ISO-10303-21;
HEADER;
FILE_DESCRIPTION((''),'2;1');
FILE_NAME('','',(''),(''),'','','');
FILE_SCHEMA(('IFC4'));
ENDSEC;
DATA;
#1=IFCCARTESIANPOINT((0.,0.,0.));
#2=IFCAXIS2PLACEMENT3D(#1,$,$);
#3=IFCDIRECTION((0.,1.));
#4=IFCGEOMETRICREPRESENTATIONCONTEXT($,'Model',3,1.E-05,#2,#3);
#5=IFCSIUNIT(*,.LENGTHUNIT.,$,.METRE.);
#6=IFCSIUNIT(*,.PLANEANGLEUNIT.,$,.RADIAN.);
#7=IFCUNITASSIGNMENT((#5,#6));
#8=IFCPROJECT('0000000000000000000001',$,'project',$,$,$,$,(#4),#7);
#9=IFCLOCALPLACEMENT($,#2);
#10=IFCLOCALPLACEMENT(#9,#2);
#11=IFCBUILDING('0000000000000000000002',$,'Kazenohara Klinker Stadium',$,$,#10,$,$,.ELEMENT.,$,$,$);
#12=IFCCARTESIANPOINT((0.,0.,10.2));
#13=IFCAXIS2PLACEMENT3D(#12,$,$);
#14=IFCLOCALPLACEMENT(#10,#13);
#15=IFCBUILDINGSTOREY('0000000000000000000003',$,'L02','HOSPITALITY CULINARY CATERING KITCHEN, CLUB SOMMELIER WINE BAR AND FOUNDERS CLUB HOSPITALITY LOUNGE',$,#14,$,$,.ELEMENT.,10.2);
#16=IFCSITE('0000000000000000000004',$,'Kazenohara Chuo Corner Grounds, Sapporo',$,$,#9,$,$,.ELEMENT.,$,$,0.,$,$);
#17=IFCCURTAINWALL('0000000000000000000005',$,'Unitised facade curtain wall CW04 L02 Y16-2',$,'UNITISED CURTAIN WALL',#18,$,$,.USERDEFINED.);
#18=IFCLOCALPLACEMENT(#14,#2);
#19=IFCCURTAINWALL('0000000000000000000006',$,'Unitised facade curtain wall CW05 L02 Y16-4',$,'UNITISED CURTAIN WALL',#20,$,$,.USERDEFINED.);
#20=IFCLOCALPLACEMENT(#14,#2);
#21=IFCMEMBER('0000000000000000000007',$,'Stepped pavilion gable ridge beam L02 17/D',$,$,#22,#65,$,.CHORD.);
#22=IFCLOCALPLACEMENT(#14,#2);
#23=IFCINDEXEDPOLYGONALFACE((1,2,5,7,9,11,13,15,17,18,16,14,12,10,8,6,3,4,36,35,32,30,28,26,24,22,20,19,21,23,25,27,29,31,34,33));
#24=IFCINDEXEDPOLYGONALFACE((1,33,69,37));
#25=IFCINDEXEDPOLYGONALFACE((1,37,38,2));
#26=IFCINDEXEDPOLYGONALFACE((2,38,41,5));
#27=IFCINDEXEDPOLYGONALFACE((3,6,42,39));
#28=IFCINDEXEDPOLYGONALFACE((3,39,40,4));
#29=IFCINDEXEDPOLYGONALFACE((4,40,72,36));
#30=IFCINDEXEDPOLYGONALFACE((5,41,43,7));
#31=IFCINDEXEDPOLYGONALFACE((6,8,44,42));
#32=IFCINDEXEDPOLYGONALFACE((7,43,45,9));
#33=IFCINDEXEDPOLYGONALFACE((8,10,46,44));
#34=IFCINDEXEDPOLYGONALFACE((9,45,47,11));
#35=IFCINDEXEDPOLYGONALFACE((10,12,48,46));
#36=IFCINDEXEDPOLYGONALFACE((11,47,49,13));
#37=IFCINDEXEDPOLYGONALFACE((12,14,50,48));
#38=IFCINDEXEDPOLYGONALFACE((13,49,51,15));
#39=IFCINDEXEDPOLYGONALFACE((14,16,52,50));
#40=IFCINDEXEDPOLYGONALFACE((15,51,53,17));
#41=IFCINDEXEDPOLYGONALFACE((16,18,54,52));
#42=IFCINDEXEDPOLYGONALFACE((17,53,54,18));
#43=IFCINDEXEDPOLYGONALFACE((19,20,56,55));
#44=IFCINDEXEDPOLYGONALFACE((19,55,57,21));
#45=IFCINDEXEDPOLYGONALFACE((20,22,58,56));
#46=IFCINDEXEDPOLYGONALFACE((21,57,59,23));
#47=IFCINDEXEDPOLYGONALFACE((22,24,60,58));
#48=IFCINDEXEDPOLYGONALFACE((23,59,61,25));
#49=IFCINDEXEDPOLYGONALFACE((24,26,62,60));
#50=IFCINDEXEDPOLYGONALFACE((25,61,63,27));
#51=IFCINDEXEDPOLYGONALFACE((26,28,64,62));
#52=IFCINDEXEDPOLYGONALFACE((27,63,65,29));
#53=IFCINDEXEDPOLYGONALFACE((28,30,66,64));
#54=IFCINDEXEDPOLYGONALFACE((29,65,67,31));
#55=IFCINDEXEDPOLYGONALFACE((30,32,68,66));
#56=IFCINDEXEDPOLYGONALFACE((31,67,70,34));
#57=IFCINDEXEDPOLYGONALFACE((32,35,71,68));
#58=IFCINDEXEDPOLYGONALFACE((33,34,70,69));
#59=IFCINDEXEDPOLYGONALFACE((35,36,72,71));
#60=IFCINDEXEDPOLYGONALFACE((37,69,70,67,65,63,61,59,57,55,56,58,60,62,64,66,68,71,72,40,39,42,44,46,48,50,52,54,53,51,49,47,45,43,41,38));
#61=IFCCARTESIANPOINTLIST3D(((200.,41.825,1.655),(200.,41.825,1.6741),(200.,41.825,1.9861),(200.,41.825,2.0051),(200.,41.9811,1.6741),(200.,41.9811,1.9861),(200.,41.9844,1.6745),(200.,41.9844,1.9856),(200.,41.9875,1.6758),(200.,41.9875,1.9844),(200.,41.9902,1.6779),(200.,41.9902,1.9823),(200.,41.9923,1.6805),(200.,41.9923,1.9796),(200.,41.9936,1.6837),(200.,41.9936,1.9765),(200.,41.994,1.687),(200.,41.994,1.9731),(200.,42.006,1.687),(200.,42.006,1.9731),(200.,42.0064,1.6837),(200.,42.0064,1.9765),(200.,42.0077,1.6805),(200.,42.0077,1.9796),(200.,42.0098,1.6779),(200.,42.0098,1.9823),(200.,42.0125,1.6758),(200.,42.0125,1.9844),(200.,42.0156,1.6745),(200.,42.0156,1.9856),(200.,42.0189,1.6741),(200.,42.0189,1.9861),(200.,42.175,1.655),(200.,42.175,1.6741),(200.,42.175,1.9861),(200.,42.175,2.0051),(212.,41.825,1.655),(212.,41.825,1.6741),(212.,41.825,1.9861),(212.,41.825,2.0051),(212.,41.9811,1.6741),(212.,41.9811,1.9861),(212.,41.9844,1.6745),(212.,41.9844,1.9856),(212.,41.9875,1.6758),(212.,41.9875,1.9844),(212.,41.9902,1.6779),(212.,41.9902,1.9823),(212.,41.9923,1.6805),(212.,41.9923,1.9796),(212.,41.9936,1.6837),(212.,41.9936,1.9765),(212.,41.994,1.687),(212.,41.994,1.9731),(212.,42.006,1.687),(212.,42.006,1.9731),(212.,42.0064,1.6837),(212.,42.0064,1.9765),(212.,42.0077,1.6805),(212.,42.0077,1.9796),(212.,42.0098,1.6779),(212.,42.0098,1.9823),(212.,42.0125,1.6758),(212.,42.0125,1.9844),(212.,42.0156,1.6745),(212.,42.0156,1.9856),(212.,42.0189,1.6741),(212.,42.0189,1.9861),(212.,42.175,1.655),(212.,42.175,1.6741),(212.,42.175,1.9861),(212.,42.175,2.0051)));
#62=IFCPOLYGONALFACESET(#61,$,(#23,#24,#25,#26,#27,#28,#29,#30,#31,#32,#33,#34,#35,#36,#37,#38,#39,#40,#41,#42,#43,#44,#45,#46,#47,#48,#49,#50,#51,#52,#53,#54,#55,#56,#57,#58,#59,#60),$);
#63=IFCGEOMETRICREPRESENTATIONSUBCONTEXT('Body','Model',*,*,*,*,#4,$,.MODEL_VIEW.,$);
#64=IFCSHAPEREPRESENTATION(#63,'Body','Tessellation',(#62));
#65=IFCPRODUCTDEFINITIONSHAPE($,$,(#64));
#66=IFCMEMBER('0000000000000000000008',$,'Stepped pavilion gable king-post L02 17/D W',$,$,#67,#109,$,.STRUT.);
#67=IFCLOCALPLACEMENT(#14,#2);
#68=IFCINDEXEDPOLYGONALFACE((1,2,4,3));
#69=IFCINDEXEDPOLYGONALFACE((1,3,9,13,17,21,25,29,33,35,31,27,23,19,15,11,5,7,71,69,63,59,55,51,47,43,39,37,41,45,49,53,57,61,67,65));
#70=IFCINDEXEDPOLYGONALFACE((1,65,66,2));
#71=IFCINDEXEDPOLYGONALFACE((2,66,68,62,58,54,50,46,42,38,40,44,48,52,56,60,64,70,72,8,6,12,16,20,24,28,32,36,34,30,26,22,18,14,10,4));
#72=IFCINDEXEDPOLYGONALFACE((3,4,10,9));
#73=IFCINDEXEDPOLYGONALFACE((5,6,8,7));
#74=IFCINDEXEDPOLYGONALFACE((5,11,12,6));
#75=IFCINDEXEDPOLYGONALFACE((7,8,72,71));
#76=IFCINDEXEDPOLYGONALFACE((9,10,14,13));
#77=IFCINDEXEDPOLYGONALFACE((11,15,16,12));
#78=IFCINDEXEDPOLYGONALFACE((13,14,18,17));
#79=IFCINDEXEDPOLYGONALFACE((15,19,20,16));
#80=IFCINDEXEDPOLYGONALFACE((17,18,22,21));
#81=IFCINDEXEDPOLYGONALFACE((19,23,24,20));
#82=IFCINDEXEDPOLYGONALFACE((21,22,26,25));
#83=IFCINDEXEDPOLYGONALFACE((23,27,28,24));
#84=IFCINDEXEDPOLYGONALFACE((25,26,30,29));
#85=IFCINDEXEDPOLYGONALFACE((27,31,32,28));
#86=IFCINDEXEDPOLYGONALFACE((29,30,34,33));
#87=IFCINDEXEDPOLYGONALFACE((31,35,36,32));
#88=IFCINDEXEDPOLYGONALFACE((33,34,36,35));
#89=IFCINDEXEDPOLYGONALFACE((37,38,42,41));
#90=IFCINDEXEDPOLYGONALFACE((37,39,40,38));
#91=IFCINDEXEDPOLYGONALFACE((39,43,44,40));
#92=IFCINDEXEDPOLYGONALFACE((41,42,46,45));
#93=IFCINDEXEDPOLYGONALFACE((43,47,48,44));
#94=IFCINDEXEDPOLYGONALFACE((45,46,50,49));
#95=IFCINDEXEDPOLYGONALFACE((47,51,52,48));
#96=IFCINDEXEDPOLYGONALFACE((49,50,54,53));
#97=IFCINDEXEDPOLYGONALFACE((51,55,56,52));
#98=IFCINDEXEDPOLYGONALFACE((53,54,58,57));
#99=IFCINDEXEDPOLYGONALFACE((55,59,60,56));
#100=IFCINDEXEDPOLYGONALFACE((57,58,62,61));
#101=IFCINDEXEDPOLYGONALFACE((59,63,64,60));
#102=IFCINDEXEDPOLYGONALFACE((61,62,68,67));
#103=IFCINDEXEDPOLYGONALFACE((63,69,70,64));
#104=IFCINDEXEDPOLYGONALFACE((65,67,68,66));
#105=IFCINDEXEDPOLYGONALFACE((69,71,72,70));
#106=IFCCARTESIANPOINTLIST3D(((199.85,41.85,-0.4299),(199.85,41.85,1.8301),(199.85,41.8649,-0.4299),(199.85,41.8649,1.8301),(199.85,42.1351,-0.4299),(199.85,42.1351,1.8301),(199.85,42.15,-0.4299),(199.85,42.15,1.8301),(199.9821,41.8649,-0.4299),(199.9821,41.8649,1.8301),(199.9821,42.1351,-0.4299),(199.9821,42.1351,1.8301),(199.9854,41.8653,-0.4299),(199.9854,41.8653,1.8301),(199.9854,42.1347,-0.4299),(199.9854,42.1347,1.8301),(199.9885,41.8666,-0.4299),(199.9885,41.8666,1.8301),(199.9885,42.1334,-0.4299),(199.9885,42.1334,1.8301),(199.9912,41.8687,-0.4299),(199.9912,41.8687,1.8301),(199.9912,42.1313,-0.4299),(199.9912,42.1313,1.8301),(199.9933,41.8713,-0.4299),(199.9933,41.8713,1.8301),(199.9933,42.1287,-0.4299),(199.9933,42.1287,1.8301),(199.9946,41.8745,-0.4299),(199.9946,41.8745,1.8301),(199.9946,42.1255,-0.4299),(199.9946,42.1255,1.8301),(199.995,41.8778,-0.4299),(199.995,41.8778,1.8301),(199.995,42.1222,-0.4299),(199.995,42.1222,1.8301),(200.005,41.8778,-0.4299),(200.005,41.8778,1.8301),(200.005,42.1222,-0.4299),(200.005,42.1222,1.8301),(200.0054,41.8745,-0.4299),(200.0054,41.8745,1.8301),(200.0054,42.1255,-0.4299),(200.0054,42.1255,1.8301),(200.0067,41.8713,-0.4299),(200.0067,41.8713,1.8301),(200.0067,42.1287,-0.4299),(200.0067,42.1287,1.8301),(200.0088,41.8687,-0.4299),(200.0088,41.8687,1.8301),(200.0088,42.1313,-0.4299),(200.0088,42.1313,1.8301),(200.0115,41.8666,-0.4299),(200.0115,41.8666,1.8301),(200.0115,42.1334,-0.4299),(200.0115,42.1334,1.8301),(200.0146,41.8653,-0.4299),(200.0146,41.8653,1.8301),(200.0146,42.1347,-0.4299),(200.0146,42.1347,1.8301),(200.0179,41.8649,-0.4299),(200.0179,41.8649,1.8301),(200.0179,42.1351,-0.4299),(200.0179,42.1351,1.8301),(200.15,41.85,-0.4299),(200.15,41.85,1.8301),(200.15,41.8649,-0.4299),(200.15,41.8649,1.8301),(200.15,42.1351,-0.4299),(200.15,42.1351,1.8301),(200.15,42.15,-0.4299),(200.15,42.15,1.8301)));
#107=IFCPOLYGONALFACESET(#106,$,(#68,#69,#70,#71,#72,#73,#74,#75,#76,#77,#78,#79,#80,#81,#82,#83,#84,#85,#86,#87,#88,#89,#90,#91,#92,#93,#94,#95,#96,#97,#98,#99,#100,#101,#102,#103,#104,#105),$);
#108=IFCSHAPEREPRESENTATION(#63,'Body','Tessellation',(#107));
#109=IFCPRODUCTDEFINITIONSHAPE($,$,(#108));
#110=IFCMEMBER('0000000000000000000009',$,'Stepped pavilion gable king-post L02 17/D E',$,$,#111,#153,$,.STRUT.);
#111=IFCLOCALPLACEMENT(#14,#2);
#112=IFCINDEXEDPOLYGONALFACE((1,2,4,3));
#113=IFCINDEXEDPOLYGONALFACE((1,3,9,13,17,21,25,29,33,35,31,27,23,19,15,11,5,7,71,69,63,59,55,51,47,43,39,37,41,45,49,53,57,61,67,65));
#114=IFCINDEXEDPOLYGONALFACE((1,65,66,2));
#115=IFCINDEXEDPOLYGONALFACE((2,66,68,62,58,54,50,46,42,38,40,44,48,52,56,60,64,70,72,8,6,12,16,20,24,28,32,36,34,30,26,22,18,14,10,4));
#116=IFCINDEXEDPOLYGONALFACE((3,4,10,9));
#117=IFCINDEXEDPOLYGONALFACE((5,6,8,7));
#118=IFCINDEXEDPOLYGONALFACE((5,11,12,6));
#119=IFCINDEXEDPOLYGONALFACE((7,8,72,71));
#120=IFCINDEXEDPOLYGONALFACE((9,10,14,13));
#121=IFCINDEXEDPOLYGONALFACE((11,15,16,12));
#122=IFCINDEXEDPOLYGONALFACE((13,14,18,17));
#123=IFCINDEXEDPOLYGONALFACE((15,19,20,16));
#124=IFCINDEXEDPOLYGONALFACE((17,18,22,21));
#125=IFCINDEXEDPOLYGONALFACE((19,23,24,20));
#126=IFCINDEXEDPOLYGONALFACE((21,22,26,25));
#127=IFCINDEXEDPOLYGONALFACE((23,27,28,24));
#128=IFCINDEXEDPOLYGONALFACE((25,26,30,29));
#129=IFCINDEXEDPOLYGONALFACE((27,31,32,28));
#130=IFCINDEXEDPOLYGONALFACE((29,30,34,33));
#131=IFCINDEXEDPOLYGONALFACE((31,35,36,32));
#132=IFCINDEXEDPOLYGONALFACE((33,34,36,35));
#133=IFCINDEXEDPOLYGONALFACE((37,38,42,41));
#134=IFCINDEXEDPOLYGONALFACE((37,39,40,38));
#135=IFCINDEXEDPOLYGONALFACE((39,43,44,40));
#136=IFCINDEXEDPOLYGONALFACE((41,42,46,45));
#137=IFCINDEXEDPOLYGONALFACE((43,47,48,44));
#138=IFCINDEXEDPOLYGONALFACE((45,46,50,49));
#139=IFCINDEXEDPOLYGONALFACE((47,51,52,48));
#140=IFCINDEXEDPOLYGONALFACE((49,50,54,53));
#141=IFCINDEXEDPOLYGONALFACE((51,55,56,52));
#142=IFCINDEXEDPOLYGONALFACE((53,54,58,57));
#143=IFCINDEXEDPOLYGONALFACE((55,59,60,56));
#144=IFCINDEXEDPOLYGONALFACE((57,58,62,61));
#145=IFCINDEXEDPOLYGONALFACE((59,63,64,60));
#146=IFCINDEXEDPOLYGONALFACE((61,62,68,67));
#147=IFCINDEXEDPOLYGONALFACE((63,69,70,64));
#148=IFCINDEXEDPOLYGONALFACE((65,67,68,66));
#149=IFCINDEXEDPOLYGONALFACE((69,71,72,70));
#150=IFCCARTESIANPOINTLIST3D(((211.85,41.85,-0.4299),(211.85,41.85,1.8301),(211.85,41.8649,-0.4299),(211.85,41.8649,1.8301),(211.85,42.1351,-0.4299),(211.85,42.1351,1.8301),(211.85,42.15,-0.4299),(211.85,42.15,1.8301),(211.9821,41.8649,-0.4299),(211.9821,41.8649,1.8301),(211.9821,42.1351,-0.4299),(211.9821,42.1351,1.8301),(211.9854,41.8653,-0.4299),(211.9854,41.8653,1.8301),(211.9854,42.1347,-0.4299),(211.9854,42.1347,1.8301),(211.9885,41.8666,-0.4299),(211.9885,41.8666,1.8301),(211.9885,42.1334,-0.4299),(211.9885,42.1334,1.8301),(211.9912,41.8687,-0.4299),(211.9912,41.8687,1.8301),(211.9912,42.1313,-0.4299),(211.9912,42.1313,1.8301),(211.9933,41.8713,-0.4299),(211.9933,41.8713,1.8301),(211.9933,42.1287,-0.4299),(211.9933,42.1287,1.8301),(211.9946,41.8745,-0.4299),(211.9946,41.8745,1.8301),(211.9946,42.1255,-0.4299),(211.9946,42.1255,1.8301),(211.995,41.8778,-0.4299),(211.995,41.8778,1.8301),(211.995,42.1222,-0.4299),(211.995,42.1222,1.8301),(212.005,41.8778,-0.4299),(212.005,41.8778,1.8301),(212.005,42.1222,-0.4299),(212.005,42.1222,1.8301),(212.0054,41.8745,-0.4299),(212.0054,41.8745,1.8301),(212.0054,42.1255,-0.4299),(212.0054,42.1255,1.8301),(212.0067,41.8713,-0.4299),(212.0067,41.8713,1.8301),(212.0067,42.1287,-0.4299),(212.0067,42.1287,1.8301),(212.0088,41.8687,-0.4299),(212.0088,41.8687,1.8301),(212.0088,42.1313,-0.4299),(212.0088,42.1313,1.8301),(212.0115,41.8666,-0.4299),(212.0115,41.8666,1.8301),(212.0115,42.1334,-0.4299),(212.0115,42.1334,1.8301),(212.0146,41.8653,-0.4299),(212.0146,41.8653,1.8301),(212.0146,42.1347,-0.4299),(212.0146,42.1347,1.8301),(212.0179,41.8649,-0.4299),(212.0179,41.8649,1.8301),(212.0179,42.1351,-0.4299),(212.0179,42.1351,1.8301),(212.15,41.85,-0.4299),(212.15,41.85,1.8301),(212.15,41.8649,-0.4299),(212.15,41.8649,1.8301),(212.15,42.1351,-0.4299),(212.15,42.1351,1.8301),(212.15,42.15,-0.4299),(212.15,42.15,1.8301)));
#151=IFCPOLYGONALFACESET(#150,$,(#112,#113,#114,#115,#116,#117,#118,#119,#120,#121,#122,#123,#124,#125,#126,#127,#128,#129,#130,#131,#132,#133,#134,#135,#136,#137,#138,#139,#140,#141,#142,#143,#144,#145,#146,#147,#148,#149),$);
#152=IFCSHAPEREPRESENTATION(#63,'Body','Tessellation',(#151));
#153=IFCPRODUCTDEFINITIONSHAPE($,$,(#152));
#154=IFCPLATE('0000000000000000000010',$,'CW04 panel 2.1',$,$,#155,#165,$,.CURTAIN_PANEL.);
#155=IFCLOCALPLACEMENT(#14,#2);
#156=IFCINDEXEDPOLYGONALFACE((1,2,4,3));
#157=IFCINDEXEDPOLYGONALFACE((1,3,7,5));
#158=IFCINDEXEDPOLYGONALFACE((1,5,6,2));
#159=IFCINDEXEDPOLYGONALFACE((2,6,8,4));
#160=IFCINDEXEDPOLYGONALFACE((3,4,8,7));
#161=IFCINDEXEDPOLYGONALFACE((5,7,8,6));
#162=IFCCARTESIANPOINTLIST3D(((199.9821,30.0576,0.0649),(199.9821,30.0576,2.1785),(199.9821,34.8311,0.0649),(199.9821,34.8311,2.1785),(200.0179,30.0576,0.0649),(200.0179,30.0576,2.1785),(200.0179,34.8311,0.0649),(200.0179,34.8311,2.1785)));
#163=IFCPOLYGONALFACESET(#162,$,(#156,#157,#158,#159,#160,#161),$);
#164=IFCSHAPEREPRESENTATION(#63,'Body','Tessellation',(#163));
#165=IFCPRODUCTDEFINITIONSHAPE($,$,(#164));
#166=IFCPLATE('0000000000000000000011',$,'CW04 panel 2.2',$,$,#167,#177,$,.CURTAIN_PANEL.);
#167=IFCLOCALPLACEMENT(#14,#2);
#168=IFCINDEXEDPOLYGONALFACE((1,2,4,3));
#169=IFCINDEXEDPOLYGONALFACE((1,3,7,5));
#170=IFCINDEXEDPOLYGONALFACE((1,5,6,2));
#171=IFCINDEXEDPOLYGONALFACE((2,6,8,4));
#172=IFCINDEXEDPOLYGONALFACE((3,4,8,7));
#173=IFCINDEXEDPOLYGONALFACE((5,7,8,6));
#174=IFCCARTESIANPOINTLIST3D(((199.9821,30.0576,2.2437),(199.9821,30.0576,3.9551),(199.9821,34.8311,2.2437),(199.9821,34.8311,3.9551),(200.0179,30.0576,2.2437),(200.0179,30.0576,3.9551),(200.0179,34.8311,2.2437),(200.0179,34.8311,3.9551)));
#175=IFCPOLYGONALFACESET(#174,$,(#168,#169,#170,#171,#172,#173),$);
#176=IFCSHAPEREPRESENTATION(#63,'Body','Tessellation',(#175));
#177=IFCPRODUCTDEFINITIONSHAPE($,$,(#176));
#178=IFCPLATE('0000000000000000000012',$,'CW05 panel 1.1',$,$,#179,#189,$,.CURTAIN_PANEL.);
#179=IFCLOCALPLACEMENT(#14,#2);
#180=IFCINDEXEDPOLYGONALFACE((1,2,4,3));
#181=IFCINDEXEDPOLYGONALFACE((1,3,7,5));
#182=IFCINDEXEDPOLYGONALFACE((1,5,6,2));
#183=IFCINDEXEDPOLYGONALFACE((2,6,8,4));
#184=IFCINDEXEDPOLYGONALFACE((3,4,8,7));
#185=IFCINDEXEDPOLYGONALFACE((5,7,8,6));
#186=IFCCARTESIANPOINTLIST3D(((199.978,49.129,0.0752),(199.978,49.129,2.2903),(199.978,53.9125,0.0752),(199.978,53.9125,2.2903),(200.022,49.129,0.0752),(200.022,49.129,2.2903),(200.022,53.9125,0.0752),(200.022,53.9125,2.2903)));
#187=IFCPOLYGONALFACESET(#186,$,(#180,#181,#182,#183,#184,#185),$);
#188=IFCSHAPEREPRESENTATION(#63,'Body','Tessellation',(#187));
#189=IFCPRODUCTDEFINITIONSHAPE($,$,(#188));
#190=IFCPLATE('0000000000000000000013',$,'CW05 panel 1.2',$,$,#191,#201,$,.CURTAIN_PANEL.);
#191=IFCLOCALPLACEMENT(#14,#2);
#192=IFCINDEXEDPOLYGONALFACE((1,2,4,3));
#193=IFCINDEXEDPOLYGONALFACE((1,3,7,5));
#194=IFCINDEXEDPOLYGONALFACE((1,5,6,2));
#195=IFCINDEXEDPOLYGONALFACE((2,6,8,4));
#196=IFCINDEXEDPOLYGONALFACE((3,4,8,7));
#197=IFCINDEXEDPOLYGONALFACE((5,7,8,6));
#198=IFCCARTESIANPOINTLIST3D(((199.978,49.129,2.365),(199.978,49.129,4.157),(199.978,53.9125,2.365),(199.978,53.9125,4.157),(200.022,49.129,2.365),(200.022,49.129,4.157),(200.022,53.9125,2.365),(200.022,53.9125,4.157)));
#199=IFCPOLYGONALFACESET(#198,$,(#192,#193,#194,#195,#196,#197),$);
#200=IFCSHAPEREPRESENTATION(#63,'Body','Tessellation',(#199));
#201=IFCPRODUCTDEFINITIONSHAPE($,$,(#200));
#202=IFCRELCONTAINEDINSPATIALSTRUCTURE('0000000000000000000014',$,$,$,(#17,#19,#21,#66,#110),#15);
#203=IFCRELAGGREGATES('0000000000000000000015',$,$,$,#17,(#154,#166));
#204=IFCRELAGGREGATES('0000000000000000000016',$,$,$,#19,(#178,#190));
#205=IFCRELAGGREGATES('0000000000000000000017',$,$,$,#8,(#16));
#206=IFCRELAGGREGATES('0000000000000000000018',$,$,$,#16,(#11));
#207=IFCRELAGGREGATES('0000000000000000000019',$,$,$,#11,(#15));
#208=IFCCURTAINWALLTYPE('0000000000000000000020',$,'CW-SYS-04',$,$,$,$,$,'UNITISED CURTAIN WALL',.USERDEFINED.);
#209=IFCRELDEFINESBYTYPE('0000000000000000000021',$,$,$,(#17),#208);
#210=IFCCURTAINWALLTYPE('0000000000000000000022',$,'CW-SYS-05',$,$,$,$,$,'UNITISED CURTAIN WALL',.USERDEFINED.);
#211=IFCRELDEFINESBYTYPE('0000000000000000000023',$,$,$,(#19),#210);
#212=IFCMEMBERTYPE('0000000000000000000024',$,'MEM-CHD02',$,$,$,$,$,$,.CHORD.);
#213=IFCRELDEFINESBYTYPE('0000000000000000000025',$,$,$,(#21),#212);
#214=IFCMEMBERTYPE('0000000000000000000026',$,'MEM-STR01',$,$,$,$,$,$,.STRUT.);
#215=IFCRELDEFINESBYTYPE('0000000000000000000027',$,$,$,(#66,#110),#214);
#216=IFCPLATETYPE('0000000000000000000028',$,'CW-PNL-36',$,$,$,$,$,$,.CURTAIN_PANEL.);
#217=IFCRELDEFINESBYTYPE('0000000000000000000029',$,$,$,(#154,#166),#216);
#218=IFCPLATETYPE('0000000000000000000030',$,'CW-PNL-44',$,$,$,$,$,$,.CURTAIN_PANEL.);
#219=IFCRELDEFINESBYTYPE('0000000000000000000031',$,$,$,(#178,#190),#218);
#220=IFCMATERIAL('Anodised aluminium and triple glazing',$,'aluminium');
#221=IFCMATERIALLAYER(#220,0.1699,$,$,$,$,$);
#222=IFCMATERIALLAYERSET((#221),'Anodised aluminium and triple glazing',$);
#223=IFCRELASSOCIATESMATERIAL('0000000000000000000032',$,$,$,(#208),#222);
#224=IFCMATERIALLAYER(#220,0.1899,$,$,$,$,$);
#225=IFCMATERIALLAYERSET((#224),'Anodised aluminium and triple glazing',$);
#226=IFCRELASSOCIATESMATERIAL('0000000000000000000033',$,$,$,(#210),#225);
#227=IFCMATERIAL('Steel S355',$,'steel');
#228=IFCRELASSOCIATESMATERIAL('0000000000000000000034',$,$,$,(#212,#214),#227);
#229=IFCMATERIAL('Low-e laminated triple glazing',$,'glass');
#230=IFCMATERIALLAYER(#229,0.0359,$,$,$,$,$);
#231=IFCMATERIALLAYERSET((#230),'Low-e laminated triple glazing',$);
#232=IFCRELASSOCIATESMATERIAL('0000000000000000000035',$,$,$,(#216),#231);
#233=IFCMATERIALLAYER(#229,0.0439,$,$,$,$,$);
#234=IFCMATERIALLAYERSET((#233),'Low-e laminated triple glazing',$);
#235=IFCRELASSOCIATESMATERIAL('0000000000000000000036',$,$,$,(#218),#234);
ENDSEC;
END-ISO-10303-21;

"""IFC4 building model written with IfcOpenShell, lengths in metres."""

from ifc_helpers import new_model, si_unit, direction, frame, origin, origin_2d, place, context, subcontext, project, spatial, rectangle, i_section, extrude, material, layer, layer_set, material_profile, profile_set, type_object, element, aggregate, save


model = new_model("IFC4")

# Units and contexts
model_context = context("Model", 3, precision=1e-05, world=origin(), true_north=direction((0.0, 1.0)))
body_context = subcontext(model_context, "Body", "Model", "MODEL_VIEW")
ifc_project = project(units=[si_unit("LENGTHUNIT", "METRE"), si_unit("PLANEANGLEUNIT", "RADIAN")], contexts=[model_context])

# Site, building, storey
site_placement = place(None, origin())
site = spatial("IfcSite", under=ifc_project, at=site_placement, Name="Kazenohara Chuo Corner Grounds, Sapporo", CompositionType="ELEMENT", RefElevation=0.0)
building_placement = place(site_placement, origin())
building = spatial("IfcBuilding", under=site, at=building_placement, Name="Kazenohara Klinker Stadium", CompositionType="ELEMENT")
storey_placement = place(building_placement, frame((0.0, 0.0, 10.2)))
storey = spatial("IfcBuildingStorey", under=building, at=storey_placement, Name="L02", Description="HOSPITALITY CULINARY CATERING KITCHEN, CLUB SOMMELIER WINE BAR AND FOUNDERS CLUB HOSPITALITY LOUNGE", CompositionType="ELEMENT", Elevation=10.2)

# Shared definitions
ifc_material_1 = material(Name="Steel S355", Category="steel")

# Curtain wall
ifc_material_2 = material(Name="Anodised aluminium and triple glazing", Category="aluminium")
ifc_layer_1 = layer(ifc_material_2, 0.1699)
ifc_layer_set_1 = layer_set([ifc_layer_1], Name="Anodised aluminium and triple glazing")
curtain_wall_type_1 = type_object("IfcCurtainWallType", Name="CW-SYS-04", ElementType="UNITISED CURTAIN WALL", PredefinedType="USERDEFINED", material=ifc_layer_set_1)
curtain_wall_1_placement = place(storey_placement, origin())
curtain_wall_1 = element("IfcCurtainWall", 1, at=curtain_wall_1_placement, inside=storey, type_object=curtain_wall_type_1, Name="Unitised facade curtain wall CW04 L02 Y16-2", ObjectType="UNITISED CURTAIN WALL", PredefinedType="USERDEFINED")

# Curtain wall
ifc_layer_2 = layer(ifc_material_2, 0.1899)
ifc_layer_set_2 = layer_set([ifc_layer_2], Name="Anodised aluminium and triple glazing")
curtain_wall_type_2 = type_object("IfcCurtainWallType", Name="CW-SYS-05", ElementType="UNITISED CURTAIN WALL", PredefinedType="USERDEFINED", material=ifc_layer_set_2)
curtain_wall_2_placement = place(storey_placement, origin())
curtain_wall_2 = element("IfcCurtainWall", 2, at=curtain_wall_2_placement, inside=storey, type_object=curtain_wall_type_2, Name="Unitised facade curtain wall CW05 L02 Y16-4", ObjectType="UNITISED CURTAIN WALL", PredefinedType="USERDEFINED")

# Members
ifc_material_profile_1 = material_profile(ifc_material_1, i_section(OverallWidth=0.3501, OverallDepth=0.3501, WebThickness=0.012, FlangeThickness=0.019, FilletRadius=0.0129, at=origin_2d()), Name="H-350x350x12x19")
ifc_profile_set_1 = profile_set([ifc_material_profile_1], Name="Steel S355")
member_type_1 = type_object("IfcMemberType", Name="MEM-CHD02", PredefinedType="CHORD", material=ifc_profile_set_1)
member_1_placement = place(storey_placement, frame((200.0, 42.0, 1.8301), z_axis=(1.0, 0.0, 0.0), x_axis=(0.0, 1.0, 0.0)))
element("IfcMember", 3, at=member_1_placement, inside=storey, type_object=member_type_1, Name="Stepped pavilion gable ridge beam L02 17/D", PredefinedType="CHORD", context=body_context, shape_type="SweptSolid", body=[
    extrude(i_section(OverallWidth=0.3501, OverallDepth=0.3501, WebThickness=0.012, FlangeThickness=0.019, FilletRadius=0.0129, at=origin_2d()), origin(), (0.0, 0.0, 1.0), 12.0),
])
ifc_material_profile_2 = material_profile(ifc_material_1, i_section(OverallWidth=0.3, OverallDepth=0.3, WebThickness=0.01, FlangeThickness=0.0149, FilletRadius=0.0129, at=origin_2d()), Name="H-300x300x10x15")
ifc_profile_set_2 = profile_set([ifc_material_profile_2], Name="Steel S355")
member_type_2 = type_object("IfcMemberType", Name="MEM-STR01", PredefinedType="STRUT", material=ifc_profile_set_2)
for number, where, z_axis, x_axis, name in (
    (4, (200.0, 42.0, -0.4299), (0.0, 0.0, 1.0), (1.0, 0.0, 0.0), "Stepped pavilion gable king-post L02 17/D W"),
    (5, (212.0, 42.0, -0.4299), (0.0, 0.0, 1.0), (1.0, 0.0, 0.0), "Stepped pavilion gable king-post L02 17/D E"),
):
    element("IfcMember", number, at=place(storey_placement, frame(where, z_axis=z_axis, x_axis=x_axis)), inside=storey, type_object=member_type_2, Name=name, PredefinedType="STRUT", context=body_context, shape_type="SweptSolid", body=[
        extrude(i_section(OverallWidth=0.3, OverallDepth=0.3, WebThickness=0.01, FlangeThickness=0.0149, FilletRadius=0.0129, at=origin_2d()), origin(), (0.0, 0.0, 1.0), 2.26),
    ])

# Plates
ifc_material_3 = material(Name="Low-e laminated triple glazing", Category="glass")
ifc_layer_3 = layer(ifc_material_3, 0.0359)
ifc_layer_set_3 = layer_set([ifc_layer_3], Name="Low-e laminated triple glazing")
plate_type_1 = type_object("IfcPlateType", Name="CW-PNL-36", PredefinedType="CURTAIN_PANEL", material=ifc_layer_set_3)
plate_1_placement = place(storey_placement, frame((200.0, 32.4443, 0.0649), z_axis=(0.0, 0.0, 1.0), x_axis=(0.0, 1.0, 0.0)))
plate_1 = element("IfcPlate", 6, at=plate_1_placement, type_object=plate_type_1, Name="CW04 panel 2.1", PredefinedType="CURTAIN_PANEL", context=body_context, shape_type="SweptSolid", body=[
    extrude(rectangle(XDim=4.7734, YDim=0.0359, at=origin_2d()), origin(), (0.0, 0.0, 1.0), 2.1135),
])
plate_2_placement = place(storey_placement, frame((200.0, 32.4443, 2.2437), z_axis=(0.0, 0.0, 1.0), x_axis=(0.0, 1.0, 0.0)))
plate_2 = element("IfcPlate", 7, at=plate_2_placement, type_object=plate_type_1, Name="CW04 panel 2.2", PredefinedType="CURTAIN_PANEL", context=body_context, shape_type="SweptSolid", body=[
    extrude(rectangle(XDim=4.7734, YDim=0.0359, at=origin_2d()), origin(), (0.0, 0.0, 1.0), 1.7114),
])
aggregate(curtain_wall_1, [plate_1, plate_2])
ifc_layer_4 = layer(ifc_material_3, 0.0439)
ifc_layer_set_4 = layer_set([ifc_layer_4], Name="Low-e laminated triple glazing")
plate_type_2 = type_object("IfcPlateType", Name="CW-PNL-44", PredefinedType="CURTAIN_PANEL", material=ifc_layer_set_4)
plate_3_placement = place(storey_placement, frame((200.0, 51.5208, 0.0752), z_axis=(0.0, 0.0, 1.0), x_axis=(0.0, 1.0, 0.0)))
plate_3 = element("IfcPlate", 8, at=plate_3_placement, type_object=plate_type_2, Name="CW05 panel 1.1", PredefinedType="CURTAIN_PANEL", context=body_context, shape_type="SweptSolid", body=[
    extrude(rectangle(XDim=4.7834, YDim=0.0439, at=origin_2d()), origin(), (0.0, 0.0, 1.0), 2.2151),
])
plate_4_placement = place(storey_placement, frame((200.0, 51.5208, 2.365), z_axis=(0.0, 0.0, 1.0), x_axis=(0.0, 1.0, 0.0)))
plate_4 = element("IfcPlate", 9, at=plate_4_placement, type_object=plate_type_2, Name="CW05 panel 1.2", PredefinedType="CURTAIN_PANEL", context=body_context, shape_type="SweptSolid", body=[
    extrude(rectangle(XDim=4.7834, YDim=0.0439, at=origin_2d()), origin(), (0.0, 0.0, 1.0), 1.792),
])
aggregate(curtain_wall_2, [plate_3, plate_4])

save(model, "model.ifc")
